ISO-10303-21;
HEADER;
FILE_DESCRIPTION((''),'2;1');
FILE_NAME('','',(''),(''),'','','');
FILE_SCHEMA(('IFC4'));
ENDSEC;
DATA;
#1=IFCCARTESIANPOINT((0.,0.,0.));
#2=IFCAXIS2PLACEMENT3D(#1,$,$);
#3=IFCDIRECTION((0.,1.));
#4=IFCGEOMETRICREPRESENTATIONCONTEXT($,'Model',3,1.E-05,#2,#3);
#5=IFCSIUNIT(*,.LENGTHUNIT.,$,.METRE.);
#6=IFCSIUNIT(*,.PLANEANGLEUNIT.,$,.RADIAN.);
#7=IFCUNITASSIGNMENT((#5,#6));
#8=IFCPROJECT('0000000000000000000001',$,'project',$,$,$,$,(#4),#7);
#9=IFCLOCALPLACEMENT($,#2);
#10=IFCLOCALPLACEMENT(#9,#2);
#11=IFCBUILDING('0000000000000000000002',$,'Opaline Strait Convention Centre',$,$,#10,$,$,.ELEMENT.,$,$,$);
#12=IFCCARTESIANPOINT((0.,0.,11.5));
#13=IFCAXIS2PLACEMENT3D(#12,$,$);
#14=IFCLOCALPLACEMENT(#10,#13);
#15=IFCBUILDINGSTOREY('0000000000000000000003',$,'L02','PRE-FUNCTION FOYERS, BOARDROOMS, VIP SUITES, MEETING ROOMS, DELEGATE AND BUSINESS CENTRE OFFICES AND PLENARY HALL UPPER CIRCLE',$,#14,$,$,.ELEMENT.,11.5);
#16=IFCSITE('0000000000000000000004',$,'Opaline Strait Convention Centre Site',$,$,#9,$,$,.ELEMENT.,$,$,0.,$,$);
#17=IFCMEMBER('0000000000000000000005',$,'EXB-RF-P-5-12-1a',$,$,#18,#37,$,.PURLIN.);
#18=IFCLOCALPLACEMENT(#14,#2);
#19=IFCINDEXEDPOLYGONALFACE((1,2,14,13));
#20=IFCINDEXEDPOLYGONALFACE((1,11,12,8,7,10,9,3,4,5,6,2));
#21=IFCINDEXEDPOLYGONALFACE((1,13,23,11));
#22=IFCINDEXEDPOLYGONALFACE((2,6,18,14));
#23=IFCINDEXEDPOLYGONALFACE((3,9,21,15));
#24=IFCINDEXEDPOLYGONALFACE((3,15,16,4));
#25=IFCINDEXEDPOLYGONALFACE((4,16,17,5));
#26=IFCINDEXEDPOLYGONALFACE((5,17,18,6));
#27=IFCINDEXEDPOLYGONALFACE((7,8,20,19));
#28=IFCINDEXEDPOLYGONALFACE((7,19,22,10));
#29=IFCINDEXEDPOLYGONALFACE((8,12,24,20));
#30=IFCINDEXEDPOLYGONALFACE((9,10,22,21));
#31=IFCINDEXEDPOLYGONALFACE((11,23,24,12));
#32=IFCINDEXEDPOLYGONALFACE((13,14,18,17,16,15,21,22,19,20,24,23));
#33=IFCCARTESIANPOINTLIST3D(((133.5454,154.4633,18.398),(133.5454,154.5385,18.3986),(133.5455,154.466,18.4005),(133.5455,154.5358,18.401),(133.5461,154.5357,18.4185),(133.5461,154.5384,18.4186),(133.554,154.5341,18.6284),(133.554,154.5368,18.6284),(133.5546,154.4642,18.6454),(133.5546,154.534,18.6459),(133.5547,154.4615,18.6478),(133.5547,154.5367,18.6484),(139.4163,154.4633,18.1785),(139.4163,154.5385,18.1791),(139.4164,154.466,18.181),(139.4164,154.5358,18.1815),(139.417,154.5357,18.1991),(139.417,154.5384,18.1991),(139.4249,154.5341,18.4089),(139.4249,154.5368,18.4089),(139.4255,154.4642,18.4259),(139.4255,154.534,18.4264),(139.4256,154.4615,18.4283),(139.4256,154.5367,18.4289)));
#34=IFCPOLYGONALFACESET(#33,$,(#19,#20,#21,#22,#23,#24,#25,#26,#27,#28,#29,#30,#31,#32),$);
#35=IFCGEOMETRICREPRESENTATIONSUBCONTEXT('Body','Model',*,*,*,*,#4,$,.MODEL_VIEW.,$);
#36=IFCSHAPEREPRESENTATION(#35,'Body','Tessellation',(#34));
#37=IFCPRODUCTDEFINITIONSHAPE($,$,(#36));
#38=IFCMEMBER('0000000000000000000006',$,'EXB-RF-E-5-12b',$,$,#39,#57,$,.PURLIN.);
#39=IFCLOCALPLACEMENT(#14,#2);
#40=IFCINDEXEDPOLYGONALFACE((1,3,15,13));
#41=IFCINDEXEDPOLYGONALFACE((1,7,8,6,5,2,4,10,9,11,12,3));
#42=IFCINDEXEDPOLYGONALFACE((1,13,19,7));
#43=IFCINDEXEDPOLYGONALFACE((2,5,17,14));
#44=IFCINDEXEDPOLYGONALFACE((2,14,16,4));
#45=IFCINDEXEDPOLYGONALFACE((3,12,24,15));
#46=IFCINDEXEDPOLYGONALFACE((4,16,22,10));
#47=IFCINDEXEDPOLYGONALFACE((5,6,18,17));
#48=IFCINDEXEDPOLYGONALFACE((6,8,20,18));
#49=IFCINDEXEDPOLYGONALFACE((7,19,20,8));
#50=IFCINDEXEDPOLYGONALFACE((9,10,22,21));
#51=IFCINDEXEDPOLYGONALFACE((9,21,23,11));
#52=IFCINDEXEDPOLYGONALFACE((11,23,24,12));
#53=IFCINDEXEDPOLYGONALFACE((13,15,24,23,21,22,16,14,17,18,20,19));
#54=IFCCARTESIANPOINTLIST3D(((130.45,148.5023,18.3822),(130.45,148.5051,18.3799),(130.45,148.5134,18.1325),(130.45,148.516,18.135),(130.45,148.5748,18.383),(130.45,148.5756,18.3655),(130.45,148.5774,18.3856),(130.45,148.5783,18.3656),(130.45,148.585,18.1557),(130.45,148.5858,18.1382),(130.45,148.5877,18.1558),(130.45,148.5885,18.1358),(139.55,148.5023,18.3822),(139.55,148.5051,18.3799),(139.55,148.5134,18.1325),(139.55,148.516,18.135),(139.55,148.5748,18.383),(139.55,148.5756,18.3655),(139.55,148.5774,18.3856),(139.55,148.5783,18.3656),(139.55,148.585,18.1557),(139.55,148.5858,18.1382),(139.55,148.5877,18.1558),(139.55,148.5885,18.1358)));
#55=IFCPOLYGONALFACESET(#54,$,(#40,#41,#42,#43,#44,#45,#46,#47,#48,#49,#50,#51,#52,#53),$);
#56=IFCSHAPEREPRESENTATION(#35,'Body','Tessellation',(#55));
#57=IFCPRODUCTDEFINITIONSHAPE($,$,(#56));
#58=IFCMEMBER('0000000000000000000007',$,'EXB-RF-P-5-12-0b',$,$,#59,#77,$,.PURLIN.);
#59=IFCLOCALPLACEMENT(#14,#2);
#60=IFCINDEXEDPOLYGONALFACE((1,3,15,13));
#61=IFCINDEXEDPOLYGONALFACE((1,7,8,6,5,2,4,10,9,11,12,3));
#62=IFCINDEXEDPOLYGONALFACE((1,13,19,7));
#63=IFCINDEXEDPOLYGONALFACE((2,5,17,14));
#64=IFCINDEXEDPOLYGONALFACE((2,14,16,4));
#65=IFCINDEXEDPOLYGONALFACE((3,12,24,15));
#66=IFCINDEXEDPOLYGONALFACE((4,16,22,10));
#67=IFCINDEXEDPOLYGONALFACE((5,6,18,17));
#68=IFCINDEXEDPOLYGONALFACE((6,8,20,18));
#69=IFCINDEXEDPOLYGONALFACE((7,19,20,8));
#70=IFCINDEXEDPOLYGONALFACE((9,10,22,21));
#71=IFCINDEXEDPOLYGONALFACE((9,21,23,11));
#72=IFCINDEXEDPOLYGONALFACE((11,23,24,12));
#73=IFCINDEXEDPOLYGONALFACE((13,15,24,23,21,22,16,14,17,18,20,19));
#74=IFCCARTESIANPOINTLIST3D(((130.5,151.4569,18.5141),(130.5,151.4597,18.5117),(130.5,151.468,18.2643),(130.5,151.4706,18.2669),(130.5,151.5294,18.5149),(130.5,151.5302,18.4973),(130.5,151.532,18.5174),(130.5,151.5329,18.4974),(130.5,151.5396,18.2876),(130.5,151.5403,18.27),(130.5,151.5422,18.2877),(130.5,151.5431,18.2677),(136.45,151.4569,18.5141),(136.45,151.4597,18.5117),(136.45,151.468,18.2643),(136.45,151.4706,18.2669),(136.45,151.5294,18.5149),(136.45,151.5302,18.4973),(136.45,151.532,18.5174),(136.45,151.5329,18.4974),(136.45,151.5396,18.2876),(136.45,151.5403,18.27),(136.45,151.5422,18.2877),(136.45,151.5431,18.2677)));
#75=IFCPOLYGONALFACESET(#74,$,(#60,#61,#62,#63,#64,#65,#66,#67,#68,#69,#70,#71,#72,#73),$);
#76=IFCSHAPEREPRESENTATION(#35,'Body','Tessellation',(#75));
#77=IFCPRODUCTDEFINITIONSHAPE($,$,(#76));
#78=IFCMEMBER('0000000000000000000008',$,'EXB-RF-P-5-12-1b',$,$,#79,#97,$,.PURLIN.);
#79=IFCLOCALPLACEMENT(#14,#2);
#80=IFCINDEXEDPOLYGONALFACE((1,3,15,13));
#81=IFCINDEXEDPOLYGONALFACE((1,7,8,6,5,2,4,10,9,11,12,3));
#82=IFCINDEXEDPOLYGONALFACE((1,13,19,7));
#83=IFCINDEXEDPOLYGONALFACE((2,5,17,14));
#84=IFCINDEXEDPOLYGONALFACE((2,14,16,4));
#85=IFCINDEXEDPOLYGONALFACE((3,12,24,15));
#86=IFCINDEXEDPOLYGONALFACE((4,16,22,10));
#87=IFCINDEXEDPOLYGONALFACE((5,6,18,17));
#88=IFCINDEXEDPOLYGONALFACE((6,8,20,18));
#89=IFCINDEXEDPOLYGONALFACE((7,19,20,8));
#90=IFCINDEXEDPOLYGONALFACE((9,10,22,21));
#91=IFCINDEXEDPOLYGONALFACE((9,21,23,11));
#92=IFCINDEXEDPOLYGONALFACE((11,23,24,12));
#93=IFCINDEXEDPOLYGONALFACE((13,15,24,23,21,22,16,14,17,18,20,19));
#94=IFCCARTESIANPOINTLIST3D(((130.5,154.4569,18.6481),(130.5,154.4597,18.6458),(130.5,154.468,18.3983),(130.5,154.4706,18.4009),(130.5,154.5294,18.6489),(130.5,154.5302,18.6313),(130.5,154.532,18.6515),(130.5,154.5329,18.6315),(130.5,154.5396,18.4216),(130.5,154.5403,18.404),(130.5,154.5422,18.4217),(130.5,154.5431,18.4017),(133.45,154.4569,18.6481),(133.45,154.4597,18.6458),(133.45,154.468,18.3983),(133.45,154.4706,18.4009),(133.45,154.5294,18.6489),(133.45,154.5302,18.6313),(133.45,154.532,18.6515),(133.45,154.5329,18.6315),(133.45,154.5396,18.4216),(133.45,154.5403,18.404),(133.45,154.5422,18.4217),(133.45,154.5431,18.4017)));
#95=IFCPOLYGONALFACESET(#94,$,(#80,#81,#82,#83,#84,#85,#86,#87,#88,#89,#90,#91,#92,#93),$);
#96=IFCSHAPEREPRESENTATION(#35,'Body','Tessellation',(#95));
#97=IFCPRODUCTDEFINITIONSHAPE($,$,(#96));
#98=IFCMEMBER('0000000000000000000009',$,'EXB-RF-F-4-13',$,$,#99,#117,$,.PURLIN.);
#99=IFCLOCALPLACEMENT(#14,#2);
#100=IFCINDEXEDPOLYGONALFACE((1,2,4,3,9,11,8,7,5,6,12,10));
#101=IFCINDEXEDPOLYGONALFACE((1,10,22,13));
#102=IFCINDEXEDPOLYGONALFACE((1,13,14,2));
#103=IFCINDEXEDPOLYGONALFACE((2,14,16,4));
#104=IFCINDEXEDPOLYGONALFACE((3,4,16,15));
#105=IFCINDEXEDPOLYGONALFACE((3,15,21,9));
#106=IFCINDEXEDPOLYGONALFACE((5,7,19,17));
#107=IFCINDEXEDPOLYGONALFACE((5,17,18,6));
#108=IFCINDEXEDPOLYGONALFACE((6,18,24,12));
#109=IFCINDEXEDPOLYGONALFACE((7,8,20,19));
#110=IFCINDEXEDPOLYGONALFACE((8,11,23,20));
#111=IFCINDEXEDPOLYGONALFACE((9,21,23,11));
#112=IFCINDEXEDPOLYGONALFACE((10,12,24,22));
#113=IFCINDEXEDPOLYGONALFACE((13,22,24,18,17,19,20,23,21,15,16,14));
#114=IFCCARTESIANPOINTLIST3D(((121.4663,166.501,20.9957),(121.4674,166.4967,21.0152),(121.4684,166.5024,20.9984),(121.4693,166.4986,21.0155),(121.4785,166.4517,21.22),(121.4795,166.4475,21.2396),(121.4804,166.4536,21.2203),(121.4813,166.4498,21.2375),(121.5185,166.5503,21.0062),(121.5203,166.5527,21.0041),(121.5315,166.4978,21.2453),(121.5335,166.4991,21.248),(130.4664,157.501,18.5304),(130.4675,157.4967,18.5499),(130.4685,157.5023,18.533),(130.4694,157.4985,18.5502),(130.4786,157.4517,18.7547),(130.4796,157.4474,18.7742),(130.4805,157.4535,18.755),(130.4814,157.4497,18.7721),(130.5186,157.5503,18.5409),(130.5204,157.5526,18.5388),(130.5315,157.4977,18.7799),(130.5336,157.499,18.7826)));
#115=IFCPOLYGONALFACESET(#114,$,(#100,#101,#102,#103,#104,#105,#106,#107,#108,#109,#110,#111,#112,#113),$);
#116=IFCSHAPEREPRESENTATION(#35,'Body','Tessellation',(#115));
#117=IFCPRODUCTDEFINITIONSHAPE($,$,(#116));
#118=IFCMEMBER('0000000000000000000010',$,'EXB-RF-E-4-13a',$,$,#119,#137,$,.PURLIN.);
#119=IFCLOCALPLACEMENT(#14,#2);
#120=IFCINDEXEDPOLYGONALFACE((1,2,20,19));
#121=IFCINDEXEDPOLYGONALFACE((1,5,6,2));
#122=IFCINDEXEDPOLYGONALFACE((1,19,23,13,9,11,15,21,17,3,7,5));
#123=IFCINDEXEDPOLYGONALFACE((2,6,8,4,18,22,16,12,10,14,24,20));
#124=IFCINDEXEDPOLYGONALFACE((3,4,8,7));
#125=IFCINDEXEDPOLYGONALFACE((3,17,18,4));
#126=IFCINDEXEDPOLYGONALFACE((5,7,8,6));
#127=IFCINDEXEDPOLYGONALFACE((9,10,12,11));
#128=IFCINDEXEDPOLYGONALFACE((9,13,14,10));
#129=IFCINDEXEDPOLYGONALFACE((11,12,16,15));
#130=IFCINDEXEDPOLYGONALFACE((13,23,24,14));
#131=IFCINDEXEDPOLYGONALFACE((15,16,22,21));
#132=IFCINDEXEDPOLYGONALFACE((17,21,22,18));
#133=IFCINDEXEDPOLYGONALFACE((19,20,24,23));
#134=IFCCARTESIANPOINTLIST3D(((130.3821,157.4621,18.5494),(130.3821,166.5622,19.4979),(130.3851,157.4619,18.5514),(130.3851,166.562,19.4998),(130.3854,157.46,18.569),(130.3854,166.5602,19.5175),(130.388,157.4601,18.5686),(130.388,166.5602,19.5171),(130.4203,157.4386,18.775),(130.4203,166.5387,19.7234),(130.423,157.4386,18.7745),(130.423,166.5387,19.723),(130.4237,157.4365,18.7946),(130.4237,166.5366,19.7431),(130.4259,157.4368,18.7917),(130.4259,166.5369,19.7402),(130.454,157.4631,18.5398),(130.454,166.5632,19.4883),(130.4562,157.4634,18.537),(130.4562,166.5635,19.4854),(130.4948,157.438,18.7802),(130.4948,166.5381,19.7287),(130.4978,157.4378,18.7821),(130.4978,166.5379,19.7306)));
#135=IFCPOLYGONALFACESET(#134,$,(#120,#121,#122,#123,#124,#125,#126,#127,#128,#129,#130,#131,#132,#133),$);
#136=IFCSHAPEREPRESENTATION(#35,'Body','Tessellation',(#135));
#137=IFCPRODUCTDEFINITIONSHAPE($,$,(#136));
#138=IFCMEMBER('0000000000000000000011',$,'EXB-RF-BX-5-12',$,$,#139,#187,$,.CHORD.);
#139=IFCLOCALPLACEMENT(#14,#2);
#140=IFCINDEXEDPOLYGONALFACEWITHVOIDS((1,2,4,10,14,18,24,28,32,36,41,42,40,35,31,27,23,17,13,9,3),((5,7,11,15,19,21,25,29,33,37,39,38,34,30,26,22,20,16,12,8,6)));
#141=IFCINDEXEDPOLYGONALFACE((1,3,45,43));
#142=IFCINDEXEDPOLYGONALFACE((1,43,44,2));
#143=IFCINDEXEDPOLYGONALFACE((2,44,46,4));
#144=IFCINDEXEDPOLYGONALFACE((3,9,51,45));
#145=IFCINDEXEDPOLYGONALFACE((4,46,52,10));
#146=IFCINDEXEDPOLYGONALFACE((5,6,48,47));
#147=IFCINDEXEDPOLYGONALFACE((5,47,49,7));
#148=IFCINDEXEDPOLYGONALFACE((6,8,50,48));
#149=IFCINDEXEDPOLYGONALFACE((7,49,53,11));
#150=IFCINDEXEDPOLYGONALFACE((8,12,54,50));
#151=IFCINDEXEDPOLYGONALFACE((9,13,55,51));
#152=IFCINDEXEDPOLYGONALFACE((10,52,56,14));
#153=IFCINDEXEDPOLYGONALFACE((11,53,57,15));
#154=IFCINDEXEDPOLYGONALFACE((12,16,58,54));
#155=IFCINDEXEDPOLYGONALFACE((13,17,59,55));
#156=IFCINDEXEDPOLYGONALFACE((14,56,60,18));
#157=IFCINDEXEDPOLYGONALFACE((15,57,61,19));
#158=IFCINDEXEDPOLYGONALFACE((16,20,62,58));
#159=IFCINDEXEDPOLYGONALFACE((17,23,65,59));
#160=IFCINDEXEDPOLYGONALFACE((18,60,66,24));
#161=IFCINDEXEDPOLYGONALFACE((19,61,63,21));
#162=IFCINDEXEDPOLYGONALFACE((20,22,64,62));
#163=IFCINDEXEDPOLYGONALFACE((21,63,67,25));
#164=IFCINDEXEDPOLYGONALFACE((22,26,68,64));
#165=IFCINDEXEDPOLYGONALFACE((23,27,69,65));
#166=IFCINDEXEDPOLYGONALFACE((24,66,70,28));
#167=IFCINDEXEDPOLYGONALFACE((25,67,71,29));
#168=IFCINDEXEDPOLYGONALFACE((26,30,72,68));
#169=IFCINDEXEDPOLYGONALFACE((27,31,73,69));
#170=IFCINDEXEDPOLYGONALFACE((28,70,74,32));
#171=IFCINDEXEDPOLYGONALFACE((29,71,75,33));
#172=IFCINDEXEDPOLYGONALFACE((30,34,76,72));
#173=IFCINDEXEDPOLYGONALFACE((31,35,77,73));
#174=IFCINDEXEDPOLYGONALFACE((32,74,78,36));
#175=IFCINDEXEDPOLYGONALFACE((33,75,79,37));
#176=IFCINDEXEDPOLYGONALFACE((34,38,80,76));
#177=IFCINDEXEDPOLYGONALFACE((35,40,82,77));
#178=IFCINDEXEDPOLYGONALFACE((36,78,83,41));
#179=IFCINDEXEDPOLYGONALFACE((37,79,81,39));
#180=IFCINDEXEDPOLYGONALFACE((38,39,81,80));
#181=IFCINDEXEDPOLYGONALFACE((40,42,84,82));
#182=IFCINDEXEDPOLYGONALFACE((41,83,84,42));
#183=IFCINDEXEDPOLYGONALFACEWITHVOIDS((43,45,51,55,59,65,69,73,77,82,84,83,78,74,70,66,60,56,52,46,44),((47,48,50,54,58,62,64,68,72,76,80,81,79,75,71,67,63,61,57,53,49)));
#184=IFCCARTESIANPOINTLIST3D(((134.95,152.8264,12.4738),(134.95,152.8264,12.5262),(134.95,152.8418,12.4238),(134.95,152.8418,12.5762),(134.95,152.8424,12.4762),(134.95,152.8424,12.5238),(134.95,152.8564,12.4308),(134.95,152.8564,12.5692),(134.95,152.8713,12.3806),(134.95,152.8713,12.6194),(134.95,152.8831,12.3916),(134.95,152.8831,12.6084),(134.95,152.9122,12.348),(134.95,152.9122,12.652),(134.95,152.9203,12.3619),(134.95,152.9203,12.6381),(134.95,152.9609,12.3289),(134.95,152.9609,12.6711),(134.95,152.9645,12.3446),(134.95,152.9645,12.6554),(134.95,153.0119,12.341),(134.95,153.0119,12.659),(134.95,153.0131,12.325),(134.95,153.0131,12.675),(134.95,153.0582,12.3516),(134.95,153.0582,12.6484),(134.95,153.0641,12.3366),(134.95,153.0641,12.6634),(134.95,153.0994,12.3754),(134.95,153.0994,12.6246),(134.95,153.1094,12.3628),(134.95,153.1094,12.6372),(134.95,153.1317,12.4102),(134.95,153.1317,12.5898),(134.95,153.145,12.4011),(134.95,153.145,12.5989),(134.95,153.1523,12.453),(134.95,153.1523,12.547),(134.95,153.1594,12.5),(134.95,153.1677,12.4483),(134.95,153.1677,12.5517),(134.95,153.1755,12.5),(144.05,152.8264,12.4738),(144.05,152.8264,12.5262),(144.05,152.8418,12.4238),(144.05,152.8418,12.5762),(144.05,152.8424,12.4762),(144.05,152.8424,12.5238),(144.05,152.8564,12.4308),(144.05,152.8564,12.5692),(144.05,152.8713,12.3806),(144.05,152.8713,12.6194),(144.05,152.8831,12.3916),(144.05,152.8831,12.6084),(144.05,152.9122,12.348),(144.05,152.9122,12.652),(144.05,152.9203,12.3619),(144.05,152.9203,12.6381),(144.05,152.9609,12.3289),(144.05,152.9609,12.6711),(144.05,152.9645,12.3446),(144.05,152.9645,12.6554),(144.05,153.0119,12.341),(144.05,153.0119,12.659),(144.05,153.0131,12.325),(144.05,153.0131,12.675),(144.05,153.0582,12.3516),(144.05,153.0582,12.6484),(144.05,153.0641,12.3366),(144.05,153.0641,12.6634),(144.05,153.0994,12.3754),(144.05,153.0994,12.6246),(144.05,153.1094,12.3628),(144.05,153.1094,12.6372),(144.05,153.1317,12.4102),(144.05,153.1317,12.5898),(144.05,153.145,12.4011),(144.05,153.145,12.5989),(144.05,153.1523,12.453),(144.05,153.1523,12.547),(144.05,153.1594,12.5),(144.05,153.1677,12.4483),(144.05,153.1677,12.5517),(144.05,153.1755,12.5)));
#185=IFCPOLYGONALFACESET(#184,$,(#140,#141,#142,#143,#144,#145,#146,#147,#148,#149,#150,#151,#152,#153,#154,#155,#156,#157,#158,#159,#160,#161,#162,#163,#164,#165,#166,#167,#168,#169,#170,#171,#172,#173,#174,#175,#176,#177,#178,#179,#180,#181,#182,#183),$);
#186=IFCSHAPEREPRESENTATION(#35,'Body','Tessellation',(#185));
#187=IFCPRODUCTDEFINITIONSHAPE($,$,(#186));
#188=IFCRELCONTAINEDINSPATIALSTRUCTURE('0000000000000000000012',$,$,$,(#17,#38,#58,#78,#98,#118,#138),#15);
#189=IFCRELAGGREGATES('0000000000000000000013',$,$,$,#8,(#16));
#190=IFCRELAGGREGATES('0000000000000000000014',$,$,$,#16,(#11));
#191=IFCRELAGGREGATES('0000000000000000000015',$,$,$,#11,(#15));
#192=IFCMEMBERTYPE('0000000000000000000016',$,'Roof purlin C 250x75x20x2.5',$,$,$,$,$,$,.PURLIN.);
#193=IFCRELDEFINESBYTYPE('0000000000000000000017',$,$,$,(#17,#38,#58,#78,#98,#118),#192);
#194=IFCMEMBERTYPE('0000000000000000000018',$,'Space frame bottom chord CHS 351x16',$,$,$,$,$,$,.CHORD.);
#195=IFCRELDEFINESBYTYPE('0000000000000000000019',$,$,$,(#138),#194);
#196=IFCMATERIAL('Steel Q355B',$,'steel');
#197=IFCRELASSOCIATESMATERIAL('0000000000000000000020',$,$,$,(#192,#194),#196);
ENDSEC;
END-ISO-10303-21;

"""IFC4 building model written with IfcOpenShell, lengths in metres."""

from ifc_helpers import new_model, si_unit, direction, frame, origin, origin_2d, place, context, subcontext, project, spatial, polyline, hollow_circle, outline, extrude, material, material_profile, profile_set, type_object, element, save


model = new_model("IFC4")

# Units and contexts
model_context = context("Model", 3, precision=1e-05, world=origin(), true_north=direction((0.0, 1.0)))
body_context = subcontext(model_context, "Body", "Model", "MODEL_VIEW")
ifc_project = project(units=[si_unit("LENGTHUNIT", "METRE"), si_unit("PLANEANGLEUNIT", "RADIAN")], contexts=[model_context])

# Site, building, storey
site_placement = place(None, origin())
site = spatial("IfcSite", under=ifc_project, at=site_placement, Name="Opaline Strait Convention Centre Site", CompositionType="ELEMENT", RefElevation=0.0)
building_placement = place(site_placement, origin())
building = spatial("IfcBuilding", under=site, at=building_placement, Name="Opaline Strait Convention Centre", CompositionType="ELEMENT")
storey_placement = place(building_placement, frame((0.0, 0.0, 11.5)))
storey = spatial("IfcBuildingStorey", under=building, at=storey_placement, Name="L02", Description="PRE-FUNCTION FOYERS, BOARDROOMS, VIP SUITES, MEETING ROOMS, DELEGATE AND BUSINESS CENTRE OFFICES AND PLENARY HALL UPPER CIRCLE", CompositionType="ELEMENT", Elevation=11.5)

# Members
ifc_material_1 = material(Name="Steel Q355B", Category="steel")
ifc_material_profile_1 = material_profile(ifc_material_1, outline(polyline([(-0.0376, -0.125), (0.0376, -0.125), (0.0376, -0.105), (0.0349, -0.105), (0.0349, -0.1226), (-0.0349, -0.1226), (-0.0349, 0.1226), (0.0349, 0.1226), (0.0349, 0.105), (0.0376, 0.105), (0.0376, 0.125), (-0.0376, 0.125), (-0.0376, -0.125)])), Name="C 250x75x20x2.5")
ifc_profile_set_1 = profile_set([ifc_material_profile_1], Name="Steel Q355B")
member_type_1 = type_object("IfcMemberType", Name="Roof purlin C 250x75x20x2.5", PredefinedType="PURLIN", material=ifc_profile_set_1)
member_1_placement = place(storey_placement, frame((133.55, 154.5, 18.5232), z_axis=(0.999302, 0.0, -0.037359), x_axis=(0.000272, 0.999974, 0.007269)))
element("IfcMember", 1, at=member_1_placement, inside=storey, type_object=member_type_1, Name="EXB-RF-P-5-12-1a", PredefinedType="PURLIN", context=body_context, shape_type="SweptSolid", body=[
    extrude(outline(polyline([(-0.0376, -0.125), (0.0376, -0.125), (0.0376, -0.105), (0.0349, -0.105), (0.0349, -0.1226), (-0.0349, -0.1226), (-0.0349, 0.1226), (0.0349, 0.1226), (0.0349, 0.105), (0.0376, 0.105), (0.0376, 0.125), (-0.0376, 0.125), (-0.0376, -0.125)])), origin(), (0.0, 0.0, 1.0), 5.875),
])
member_2_placement = place(storey_placement, frame((130.45, 148.5454, 18.259), z_axis=(1.0, 0.0, 0.0), x_axis=(0.0, 0.999005, 0.044606)))
element("IfcMember", 2, at=member_2_placement, inside=storey, type_object=member_type_1, Name="EXB-RF-E-5-12b", PredefinedType="PURLIN", context=body_context, shape_type="SweptSolid", body=[
    extrude(outline(polyline([(-0.0376, -0.125), (0.0376, -0.125), (0.0376, -0.105), (0.0349, -0.105), (0.0349, -0.1226), (-0.0349, -0.1226), (-0.0349, 0.1226), (0.0349, 0.1226), (0.0349, 0.105), (0.0376, 0.105), (0.0376, 0.125), (-0.0376, 0.125), (-0.0376, -0.125)])), origin(), (0.0, 0.0, 1.0), 9.1001),
])
member_3_placement = place(storey_placement, frame((130.5, 151.5, 18.3909), z_axis=(1.0, 0.0, 0.0), x_axis=(0.0, 0.999005, 0.044606)))
element("IfcMember", 3, at=member_3_placement, inside=storey, type_object=member_type_1, Name="EXB-RF-P-5-12-0b", PredefinedType="PURLIN", context=body_context, shape_type="SweptSolid", body=[
    extrude(outline(polyline([(-0.0376, -0.125), (0.0376, -0.125), (0.0376, -0.105), (0.0349, -0.105), (0.0349, -0.1226), (-0.0349, -0.1226), (-0.0349, 0.1226), (0.0349, 0.1226), (0.0349, 0.105), (0.0376, 0.105), (0.0376, 0.125), (-0.0376, 0.125), (-0.0376, -0.125)])), origin(), (0.0, 0.0, 1.0), 5.95),
])
member_4_placement = place(storey_placement, frame((130.5, 154.5, 18.5249), z_axis=(1.0, 0.0, 0.0), x_axis=(0.0, 0.999005, 0.044606)))
element("IfcMember", 4, at=member_4_placement, inside=storey, type_object=member_type_1, Name="EXB-RF-P-5-12-1b", PredefinedType="PURLIN", context=body_context, shape_type="SweptSolid", body=[
    extrude(outline(polyline([(-0.0376, -0.125), (0.0376, -0.125), (0.0376, -0.105), (0.0349, -0.105), (0.0349, -0.1226), (-0.0349, -0.1226), (-0.0349, 0.1226), (0.0349, 0.1226), (0.0349, 0.105), (0.0376, 0.105), (0.0376, 0.125), (-0.0376, 0.125), (-0.0376, -0.125)])), origin(), (0.0, 0.0, 1.0), 2.95),
])
member_5_placement = place(storey_placement, frame((130.5, 157.5, 18.6565), z_axis=(-0.694204, 0.694204, 0.19016), x_axis=(-0.717834, -0.687136, -0.112067)))
element("IfcMember", 5, at=member_5_placement, inside=storey, type_object=member_type_1, Name="EXB-RF-F-4-13", PredefinedType="PURLIN", context=body_context, shape_type="SweptSolid", body=[
    extrude(outline(polyline([(-0.0376, -0.125), (0.0376, -0.125), (0.0376, -0.105), (0.0349, -0.105), (0.0349, -0.1226), (-0.0349, -0.1226), (-0.0349, 0.1226), (0.0349, 0.1226), (0.0349, 0.105), (0.0376, 0.105), (0.0376, 0.125), (-0.0376, 0.125), (-0.0376, -0.125)])), origin(), (0.0, 0.0, 1.0), 12.9646),
])
member_6_placement = place(storey_placement, frame((130.4399, 157.45, 18.6658), z_axis=(0.0, 0.994612, 0.103667), x_axis=(-0.986052, -0.017254, 0.165542)))
element("IfcMember", 6, at=member_6_placement, inside=storey, type_object=member_type_1, Name="EXB-RF-E-4-13a", PredefinedType="PURLIN", context=body_context, shape_type="SweptSolid", body=[
    extrude(outline(polyline([(-0.0376, -0.125), (0.0376, -0.125), (0.0376, -0.105), (0.0349, -0.105), (0.0349, -0.1226), (-0.0349, -0.1226), (-0.0349, 0.1226), (0.0349, 0.1226), (0.0349, 0.105), (0.0376, 0.105), (0.0376, 0.125), (-0.0376, 0.125), (-0.0376, -0.125)])), origin(), (0.0, 0.0, 1.0), 9.1494),
])
ifc_material_profile_2 = material_profile(ifc_material_1, hollow_circle(Radius=0.1755, WallThickness=0.0161, at=origin_2d()), Name="CHS 351x16")
ifc_profile_set_2 = profile_set([ifc_material_profile_2], Name="Steel Q355B")
member_type_2 = type_object("IfcMemberType", Name="Space frame bottom chord CHS 351x16", PredefinedType="CHORD", material=ifc_profile_set_2)
member_7_placement = place(storey_placement, frame((134.95, 153.0, 12.5), z_axis=(1.0, 0.0, 0.0), x_axis=(0.0, 1.0, 0.0)))
element("IfcMember", 7, at=member_7_placement, inside=storey, type_object=member_type_2, Name="EXB-RF-BX-5-12", PredefinedType="CHORD", context=body_context, shape_type="SweptSolid", body=[
    extrude(hollow_circle(Radius=0.1755, WallThickness=0.0161, at=origin_2d()), origin(), (0.0, 0.0, 1.0), 9.1001),
])

save(model, "model.ifc")
